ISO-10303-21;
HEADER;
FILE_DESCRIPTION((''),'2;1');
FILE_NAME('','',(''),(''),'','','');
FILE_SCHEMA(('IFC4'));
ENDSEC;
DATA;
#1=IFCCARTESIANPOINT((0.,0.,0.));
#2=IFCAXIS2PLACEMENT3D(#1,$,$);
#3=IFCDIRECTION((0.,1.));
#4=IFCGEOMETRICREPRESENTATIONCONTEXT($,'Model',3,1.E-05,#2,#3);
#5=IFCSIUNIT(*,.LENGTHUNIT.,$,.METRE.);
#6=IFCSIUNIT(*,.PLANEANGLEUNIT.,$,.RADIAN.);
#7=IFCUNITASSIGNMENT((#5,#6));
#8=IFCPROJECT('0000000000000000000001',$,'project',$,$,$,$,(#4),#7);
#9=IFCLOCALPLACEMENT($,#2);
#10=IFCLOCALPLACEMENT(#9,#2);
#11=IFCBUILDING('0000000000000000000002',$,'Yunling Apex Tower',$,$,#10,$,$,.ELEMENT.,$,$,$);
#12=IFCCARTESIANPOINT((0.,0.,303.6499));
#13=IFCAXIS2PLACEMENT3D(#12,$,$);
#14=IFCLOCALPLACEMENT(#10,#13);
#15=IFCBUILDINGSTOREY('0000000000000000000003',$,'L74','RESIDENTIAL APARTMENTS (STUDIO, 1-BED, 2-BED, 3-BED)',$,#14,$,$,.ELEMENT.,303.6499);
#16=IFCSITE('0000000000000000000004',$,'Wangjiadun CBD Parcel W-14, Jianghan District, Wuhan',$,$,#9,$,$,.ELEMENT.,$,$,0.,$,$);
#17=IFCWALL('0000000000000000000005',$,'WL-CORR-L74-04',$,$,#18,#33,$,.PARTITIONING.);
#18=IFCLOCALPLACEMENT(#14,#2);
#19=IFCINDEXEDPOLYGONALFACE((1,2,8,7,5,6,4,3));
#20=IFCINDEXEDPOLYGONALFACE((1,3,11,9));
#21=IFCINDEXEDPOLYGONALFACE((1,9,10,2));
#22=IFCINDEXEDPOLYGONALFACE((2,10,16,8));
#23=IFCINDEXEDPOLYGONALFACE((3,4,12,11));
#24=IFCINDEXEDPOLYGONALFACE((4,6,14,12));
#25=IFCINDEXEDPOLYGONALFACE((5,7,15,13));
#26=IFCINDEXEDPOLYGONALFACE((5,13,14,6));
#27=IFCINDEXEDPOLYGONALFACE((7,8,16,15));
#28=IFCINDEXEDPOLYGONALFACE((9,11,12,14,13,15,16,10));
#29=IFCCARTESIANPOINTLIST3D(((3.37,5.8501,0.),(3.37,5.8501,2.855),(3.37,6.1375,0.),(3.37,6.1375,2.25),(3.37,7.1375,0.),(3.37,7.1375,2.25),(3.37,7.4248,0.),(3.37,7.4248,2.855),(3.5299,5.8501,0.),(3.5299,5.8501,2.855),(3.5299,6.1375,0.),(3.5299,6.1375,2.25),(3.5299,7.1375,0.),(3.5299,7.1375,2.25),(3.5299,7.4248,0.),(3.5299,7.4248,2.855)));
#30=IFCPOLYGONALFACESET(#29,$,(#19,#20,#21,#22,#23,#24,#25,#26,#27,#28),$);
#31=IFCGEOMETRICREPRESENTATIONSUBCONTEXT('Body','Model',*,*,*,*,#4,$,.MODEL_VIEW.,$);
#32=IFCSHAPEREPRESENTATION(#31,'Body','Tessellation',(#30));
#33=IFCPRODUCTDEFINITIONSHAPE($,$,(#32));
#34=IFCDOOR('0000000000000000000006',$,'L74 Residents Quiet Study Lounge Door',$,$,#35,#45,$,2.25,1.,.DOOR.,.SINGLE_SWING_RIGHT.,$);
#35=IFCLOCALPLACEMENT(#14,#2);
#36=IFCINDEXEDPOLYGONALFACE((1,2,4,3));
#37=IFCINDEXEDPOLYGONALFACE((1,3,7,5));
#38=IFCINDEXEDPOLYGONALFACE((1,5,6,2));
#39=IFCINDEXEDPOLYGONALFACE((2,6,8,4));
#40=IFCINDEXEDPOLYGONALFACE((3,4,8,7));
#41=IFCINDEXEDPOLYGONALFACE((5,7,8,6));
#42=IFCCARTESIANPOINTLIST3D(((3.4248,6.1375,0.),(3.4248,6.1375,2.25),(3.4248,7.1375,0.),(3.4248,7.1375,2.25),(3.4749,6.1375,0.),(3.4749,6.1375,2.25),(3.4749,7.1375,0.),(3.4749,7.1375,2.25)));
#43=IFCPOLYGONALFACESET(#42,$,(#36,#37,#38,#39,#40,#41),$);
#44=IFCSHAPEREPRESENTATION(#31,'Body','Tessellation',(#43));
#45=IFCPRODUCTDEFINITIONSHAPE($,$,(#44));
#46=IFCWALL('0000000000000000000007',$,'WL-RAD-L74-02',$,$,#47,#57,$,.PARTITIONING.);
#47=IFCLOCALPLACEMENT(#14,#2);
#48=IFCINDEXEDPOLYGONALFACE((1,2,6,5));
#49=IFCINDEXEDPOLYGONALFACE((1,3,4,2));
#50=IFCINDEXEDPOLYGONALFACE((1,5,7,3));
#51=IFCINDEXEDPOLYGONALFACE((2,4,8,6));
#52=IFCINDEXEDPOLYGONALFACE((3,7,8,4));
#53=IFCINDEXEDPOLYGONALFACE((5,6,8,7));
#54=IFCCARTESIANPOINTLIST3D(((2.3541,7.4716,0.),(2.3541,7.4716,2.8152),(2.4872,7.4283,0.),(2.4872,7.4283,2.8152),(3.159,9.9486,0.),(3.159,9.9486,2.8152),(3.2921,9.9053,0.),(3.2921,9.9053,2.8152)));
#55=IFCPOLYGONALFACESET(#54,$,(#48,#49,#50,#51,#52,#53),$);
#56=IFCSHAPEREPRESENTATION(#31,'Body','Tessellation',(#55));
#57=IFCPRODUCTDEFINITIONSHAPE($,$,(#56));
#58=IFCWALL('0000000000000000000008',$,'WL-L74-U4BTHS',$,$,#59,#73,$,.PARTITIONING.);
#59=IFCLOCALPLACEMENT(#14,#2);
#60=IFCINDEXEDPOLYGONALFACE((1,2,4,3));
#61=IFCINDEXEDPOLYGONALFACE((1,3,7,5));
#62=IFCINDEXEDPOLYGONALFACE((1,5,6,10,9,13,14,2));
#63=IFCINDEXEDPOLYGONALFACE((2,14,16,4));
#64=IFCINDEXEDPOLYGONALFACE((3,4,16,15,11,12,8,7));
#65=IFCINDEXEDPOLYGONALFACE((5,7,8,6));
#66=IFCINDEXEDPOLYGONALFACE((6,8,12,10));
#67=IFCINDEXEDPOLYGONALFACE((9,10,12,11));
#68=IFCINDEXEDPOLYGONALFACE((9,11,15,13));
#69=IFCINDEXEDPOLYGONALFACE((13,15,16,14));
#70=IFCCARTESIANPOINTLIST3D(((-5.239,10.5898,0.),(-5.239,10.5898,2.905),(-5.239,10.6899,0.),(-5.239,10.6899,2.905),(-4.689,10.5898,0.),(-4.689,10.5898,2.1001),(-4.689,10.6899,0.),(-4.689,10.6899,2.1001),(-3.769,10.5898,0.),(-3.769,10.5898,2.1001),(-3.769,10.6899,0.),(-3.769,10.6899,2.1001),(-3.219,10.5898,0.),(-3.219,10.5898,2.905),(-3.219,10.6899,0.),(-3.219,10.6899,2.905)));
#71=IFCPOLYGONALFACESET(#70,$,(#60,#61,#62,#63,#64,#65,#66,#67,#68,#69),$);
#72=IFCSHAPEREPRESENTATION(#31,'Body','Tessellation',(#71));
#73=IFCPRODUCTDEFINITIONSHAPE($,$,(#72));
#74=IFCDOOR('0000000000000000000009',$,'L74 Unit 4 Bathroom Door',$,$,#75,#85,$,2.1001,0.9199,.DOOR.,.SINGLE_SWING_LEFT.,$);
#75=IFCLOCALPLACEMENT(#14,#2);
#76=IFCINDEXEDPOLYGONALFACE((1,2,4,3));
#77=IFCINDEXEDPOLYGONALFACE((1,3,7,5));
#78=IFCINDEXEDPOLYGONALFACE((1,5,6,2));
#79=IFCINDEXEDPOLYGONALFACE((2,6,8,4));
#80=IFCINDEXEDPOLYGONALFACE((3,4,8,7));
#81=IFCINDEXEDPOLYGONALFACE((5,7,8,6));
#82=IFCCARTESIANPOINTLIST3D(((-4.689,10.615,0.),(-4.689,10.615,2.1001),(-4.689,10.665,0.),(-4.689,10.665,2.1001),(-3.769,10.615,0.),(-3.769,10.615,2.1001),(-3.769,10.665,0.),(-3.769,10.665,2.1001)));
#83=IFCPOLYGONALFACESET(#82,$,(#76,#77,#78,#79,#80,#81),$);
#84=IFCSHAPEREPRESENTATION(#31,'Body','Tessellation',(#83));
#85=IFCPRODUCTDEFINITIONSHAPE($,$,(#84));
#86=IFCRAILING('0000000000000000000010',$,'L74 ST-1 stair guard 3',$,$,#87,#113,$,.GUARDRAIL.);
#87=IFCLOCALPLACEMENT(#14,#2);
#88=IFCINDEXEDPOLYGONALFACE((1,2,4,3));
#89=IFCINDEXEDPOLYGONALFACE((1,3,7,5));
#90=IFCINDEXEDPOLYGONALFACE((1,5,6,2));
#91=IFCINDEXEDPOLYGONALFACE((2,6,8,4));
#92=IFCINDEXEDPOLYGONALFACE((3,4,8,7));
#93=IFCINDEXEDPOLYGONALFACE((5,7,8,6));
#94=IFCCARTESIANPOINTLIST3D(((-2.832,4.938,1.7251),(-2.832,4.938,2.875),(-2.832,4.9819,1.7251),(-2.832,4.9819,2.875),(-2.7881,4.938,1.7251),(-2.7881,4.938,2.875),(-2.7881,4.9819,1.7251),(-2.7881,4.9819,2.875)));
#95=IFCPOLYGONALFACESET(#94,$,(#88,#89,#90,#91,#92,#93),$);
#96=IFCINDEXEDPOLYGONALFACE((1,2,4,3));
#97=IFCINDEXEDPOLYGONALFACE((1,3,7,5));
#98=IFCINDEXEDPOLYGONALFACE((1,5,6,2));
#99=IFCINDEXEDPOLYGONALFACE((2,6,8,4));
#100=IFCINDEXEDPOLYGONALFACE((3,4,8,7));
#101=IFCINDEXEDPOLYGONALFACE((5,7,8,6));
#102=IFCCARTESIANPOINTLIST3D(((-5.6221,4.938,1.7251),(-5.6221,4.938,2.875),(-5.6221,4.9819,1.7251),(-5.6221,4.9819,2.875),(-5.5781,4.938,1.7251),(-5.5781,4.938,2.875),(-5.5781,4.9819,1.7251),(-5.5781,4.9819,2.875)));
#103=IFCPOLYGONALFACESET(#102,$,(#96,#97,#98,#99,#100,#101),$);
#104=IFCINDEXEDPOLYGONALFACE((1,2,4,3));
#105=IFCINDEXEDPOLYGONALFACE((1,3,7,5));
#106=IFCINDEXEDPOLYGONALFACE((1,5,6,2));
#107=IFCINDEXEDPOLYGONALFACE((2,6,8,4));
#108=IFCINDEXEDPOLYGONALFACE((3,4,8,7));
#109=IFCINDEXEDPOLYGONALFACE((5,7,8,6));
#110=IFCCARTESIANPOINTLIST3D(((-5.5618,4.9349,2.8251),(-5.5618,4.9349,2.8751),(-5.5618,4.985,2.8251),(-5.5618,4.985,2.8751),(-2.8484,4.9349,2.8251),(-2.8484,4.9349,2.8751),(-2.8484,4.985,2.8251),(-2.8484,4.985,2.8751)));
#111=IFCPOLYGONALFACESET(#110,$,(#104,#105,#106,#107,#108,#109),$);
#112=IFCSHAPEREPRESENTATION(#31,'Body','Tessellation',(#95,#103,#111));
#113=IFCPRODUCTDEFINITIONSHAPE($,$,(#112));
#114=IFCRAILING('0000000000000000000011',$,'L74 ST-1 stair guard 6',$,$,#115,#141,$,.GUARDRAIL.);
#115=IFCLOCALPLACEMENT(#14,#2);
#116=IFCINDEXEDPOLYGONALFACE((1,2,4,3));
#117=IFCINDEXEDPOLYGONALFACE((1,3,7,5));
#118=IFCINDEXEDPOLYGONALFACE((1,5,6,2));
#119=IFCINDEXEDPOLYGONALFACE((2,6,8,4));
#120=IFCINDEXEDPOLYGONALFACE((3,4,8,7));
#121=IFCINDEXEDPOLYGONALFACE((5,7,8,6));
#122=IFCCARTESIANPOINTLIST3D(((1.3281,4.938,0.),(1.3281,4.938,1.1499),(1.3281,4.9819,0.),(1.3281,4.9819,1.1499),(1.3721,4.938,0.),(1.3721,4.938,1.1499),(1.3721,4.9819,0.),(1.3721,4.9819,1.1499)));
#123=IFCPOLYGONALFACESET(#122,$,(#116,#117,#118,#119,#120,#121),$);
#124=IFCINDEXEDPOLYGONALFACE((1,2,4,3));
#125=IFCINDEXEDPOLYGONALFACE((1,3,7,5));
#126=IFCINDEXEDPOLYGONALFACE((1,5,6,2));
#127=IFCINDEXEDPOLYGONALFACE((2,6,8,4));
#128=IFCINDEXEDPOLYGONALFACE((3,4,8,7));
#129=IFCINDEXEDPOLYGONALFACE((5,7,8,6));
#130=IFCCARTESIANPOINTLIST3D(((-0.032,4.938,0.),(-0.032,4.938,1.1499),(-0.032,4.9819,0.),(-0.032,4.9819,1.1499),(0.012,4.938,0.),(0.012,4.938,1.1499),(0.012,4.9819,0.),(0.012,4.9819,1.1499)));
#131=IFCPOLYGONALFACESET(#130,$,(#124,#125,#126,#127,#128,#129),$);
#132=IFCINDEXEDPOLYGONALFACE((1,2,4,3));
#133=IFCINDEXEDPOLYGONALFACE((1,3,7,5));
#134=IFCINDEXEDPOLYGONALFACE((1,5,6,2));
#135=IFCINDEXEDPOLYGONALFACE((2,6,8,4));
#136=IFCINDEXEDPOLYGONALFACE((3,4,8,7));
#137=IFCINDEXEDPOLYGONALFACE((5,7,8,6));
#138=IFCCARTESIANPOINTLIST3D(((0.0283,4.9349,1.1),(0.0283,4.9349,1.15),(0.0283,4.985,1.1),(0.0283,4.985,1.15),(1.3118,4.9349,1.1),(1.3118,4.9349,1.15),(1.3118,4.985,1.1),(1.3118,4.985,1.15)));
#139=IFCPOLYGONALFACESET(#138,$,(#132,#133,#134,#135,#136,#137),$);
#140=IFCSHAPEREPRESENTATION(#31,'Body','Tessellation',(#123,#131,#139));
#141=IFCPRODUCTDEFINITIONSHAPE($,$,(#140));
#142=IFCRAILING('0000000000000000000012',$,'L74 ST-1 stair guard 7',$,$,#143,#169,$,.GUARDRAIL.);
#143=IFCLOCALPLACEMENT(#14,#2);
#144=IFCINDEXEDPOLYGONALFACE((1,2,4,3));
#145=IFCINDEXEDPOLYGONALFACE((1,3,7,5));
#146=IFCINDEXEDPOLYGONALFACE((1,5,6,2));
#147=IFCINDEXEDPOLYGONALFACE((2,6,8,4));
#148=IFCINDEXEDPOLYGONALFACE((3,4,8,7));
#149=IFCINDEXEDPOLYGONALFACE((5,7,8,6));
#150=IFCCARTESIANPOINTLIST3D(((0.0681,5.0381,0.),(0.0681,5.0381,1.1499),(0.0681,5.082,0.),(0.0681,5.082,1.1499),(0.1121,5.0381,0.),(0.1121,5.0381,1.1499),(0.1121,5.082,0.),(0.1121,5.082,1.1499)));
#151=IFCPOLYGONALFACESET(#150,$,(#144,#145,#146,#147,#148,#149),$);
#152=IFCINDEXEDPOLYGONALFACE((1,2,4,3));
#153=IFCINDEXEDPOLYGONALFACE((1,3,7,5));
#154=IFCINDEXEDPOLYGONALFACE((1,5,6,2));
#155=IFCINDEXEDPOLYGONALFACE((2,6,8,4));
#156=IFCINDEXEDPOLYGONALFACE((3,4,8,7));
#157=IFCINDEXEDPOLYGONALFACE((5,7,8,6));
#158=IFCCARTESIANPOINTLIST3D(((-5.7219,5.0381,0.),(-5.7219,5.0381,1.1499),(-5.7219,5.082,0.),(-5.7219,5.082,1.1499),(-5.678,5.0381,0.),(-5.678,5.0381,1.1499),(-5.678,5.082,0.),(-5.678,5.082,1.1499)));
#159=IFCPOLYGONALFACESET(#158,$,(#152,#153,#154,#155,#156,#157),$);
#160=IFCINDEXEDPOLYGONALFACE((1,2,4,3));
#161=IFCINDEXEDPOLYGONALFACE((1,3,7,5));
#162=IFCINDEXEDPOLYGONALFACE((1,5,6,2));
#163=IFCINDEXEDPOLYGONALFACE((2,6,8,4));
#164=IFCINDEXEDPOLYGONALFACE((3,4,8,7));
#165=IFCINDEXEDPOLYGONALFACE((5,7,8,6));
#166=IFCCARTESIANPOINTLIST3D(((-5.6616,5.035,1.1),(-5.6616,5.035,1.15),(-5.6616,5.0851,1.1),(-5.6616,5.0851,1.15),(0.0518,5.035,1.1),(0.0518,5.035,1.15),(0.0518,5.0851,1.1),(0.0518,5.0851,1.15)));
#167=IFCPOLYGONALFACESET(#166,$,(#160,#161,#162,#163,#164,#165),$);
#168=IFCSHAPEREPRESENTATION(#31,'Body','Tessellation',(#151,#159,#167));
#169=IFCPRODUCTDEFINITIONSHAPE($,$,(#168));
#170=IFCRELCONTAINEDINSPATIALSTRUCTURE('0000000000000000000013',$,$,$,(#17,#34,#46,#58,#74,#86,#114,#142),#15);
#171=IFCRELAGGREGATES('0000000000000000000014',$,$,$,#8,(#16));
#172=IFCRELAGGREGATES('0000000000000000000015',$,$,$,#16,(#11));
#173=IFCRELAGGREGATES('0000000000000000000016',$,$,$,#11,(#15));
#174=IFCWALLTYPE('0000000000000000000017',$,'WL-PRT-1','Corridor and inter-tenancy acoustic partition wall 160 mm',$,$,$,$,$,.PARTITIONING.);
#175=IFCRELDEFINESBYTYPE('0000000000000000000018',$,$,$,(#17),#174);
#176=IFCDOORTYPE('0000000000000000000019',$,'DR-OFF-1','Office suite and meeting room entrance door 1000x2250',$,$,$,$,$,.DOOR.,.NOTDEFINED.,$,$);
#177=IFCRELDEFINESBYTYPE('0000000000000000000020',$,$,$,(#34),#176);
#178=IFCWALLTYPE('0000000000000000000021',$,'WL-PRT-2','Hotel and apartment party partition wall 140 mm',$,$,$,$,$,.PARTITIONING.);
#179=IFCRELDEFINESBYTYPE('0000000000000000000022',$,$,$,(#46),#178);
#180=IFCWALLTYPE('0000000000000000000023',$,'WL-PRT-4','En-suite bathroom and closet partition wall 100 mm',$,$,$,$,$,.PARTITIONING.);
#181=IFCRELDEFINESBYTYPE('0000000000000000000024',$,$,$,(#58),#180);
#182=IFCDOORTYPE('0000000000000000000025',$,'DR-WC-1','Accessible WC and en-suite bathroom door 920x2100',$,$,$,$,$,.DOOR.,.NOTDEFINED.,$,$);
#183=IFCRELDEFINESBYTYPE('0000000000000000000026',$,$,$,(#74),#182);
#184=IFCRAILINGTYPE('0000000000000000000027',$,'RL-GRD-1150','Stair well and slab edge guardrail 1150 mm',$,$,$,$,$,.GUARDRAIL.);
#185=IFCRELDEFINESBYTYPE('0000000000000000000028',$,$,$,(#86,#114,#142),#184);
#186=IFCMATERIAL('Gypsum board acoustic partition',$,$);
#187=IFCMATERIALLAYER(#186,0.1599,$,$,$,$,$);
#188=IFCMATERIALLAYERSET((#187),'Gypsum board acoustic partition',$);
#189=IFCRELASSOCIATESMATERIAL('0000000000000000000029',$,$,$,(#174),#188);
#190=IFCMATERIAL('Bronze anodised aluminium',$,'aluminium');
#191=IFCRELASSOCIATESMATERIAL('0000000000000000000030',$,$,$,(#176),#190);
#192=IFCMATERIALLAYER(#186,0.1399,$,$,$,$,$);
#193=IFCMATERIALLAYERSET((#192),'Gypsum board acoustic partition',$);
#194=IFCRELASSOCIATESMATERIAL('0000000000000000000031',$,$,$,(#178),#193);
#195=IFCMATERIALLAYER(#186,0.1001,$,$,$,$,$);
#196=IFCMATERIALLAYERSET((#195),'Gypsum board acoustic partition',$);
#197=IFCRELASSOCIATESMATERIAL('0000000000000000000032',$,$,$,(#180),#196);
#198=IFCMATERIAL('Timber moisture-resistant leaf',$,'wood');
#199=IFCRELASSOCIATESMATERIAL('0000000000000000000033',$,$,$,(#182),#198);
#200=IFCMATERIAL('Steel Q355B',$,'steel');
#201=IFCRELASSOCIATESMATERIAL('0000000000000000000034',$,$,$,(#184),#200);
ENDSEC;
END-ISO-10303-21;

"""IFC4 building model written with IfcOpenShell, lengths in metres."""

from ifc_helpers import new_model, si_unit, direction, frame, frame_2d, origin, origin_2d, place, context, subcontext, project, spatial, rectangle, extrude, material, layer, layer_set, type_object, element, fill, save


model = new_model("IFC4")

# Units and contexts
model_context = context("Model", 3, precision=1e-05, world=origin(), true_north=direction((0.0, 1.0)))
body_context = subcontext(model_context, "Body", "Model", "MODEL_VIEW")
ifc_project = project(units=[si_unit("LENGTHUNIT", "METRE"), si_unit("PLANEANGLEUNIT", "RADIAN")], contexts=[model_context])

# Site, building, storey
site_placement = place(None, origin())
site = spatial("IfcSite", under=ifc_project, at=site_placement, Name="Wangjiadun CBD Parcel W-14, Jianghan District, Wuhan", CompositionType="ELEMENT", RefElevation=0.0)
building_placement = place(site_placement, origin())
building = spatial("IfcBuilding", under=site, at=building_placement, Name="Yunling Apex Tower", CompositionType="ELEMENT")
storey_placement = place(building_placement, frame((0.0, 0.0, 303.6499)))
storey = spatial("IfcBuildingStorey", under=building, at=storey_placement, Name="L74", Description="RESIDENTIAL APARTMENTS (STUDIO, 1-BED, 2-BED, 3-BED)", CompositionType="ELEMENT", Elevation=303.6499)

# Shared definitions
ifc_material_1 = material(Name="Steel Q355B", Category="steel")

# Shared definitions
ifc_material_2 = material(Name="Bronze anodised aluminium", Category="aluminium")

# Wall, opening, door
ifc_material_3 = material(Name="Gypsum board acoustic partition")
ifc_layer_1 = layer(ifc_material_3, 0.1599)
ifc_layer_set_1 = layer_set([ifc_layer_1], Name="Gypsum board acoustic partition")
wall_type_1 = type_object("IfcWallType", Name="WL-PRT-1", Description="Corridor and inter-tenancy acoustic partition wall 160 mm", PredefinedType="PARTITIONING", material=ifc_layer_set_1)
wall_1_placement = place(storey_placement, frame((3.45, 7.4248, 0.0), z_axis=(0.0, 0.0, 1.0), x_axis=(0.0, -1.0, 0.0)))
wall_1 = element("IfcWall", 1, at=wall_1_placement, inside=storey, type_object=wall_type_1, Name="WL-CORR-L74-04", PredefinedType="PARTITIONING", context=body_context, shape_type="SweptSolid", body=[
    extrude(rectangle(XDim=1.5747, YDim=0.1599, at=frame_2d((0.7874, 0.0))), origin(), (0.0, 0.0, 1.0), 2.855),
])
opening_1_placement = place(wall_1_placement, frame((0.2874, 0.0, 0.0)))
opening_1 = element("IfcOpeningElement", 2, at=opening_1_placement, cuts=wall_1, PredefinedType="OPENING", context=body_context, shape_type="SweptSolid", body=[
    extrude(rectangle(XDim=1.0, YDim=2.25, at=frame_2d((0.5, 1.125))), frame((0.0, 0.0898, 0.0), z_axis=(0.0, -1.0, 0.0), x_axis=(1.0, 0.0, 0.0)), (0.0, 0.0, 1.0), 0.1799),
])
door_type_1 = type_object("IfcDoorType", Name="DR-OFF-1", Description="Office suite and meeting room entrance door 1000x2250", OperationType="NOTDEFINED", PredefinedType="DOOR", material=ifc_material_2)
door_1_placement = place(opening_1_placement, origin())
door_1 = element("IfcDoor", 3, at=door_1_placement, inside=storey, type_object=door_type_1, Name="L74 Residents Quiet Study Lounge Door", OperationType="SINGLE_SWING_RIGHT", OverallHeight=2.25, OverallWidth=1.0, PredefinedType="DOOR", context=body_context, shape_type="SweptSolid", body=[
    extrude(rectangle(XDim=1.0, YDim=2.25, at=frame_2d((0.5, 1.125))), frame((0.0, 0.0249, 0.0), z_axis=(0.0, -1.0, 0.0), x_axis=(1.0, 0.0, 0.0)), (0.0, 0.0, 1.0), 0.05),
])
fill(opening_1, door_1)

# Wall
ifc_layer_2 = layer(ifc_material_3, 0.1399)
ifc_layer_set_2 = layer_set([ifc_layer_2], Name="Gypsum board acoustic partition")
wall_type_2 = type_object("IfcWallType", Name="WL-PRT-2", Description="Hotel and apartment party partition wall 140 mm", PredefinedType="PARTITIONING", material=ifc_layer_set_2)
wall_2_placement = place(storey_placement, frame((2.4207, 7.45, 0.0), z_axis=(0.0, 0.0, 1.0), x_axis=(0.309048, 0.951046, 0.0)))
element("IfcWall", 4, at=wall_2_placement, inside=storey, type_object=wall_type_2, Name="WL-RAD-L74-02", PredefinedType="PARTITIONING", context=body_context, shape_type="SweptSolid", body=[
    extrude(rectangle(XDim=2.6045, YDim=0.1399, at=frame_2d((1.3022, 0.0))), origin(), (0.0, 0.0, 1.0), 2.8152),
])

# Wall, opening, door
ifc_layer_3 = layer(ifc_material_3, 0.1001)
ifc_layer_set_3 = layer_set([ifc_layer_3], Name="Gypsum board acoustic partition")
wall_type_3 = type_object("IfcWallType", Name="WL-PRT-4", Description="En-suite bathroom and closet partition wall 100 mm", PredefinedType="PARTITIONING", material=ifc_layer_set_3)
wall_3_placement = place(storey_placement, frame((-3.219, 10.6399, 0.0), z_axis=(0.0, 0.0, 1.0), x_axis=(-1.0, 0.0, 0.0)))
wall_3 = element("IfcWall", 5, at=wall_3_placement, inside=storey, type_object=wall_type_3, Name="WL-L74-U4BTHS", PredefinedType="PARTITIONING", context=body_context, shape_type="SweptSolid", body=[
    extrude(rectangle(XDim=2.02, YDim=0.1001, at=frame_2d((1.01, 0.0))), origin(), (0.0, 0.0, 1.0), 2.905),
])
opening_2_placement = place(wall_3_placement, frame((0.55, 0.0, 0.0)))
opening_2 = element("IfcOpeningElement", 6, at=opening_2_placement, cuts=wall_3, PredefinedType="OPENING", context=body_context, shape_type="SweptSolid", body=[
    extrude(rectangle(XDim=0.9199, YDim=2.1001, at=frame_2d((0.46, 1.05))), frame((0.0, 0.0601, 0.0), z_axis=(0.0, -1.0, 0.0), x_axis=(1.0, 0.0, 0.0)), (0.0, 0.0, 1.0), 0.1201),
])
ifc_material_4 = material(Name="Timber moisture-resistant leaf", Category="wood")
door_type_2 = type_object("IfcDoorType", Name="DR-WC-1", Description="Accessible WC and en-suite bathroom door 920x2100", OperationType="NOTDEFINED", PredefinedType="DOOR", material=ifc_material_4)
door_2_placement = place(opening_2_placement, origin())
door_2 = element("IfcDoor", 7, at=door_2_placement, inside=storey, type_object=door_type_2, Name="L74 Unit 4 Bathroom Door", OperationType="SINGLE_SWING_LEFT", OverallHeight=2.1001, OverallWidth=0.9199, PredefinedType="DOOR", context=body_context, shape_type="SweptSolid", body=[
    extrude(rectangle(XDim=0.9199, YDim=2.1001, at=frame_2d((0.46, 1.05))), frame((0.0, 0.0249, 0.0), z_axis=(0.0, -1.0, 0.0), x_axis=(1.0, 0.0, 0.0)), (0.0, 0.0, 1.0), 0.05),
])
fill(opening_2, door_2)

# Railings
railing_type_1 = type_object("IfcRailingType", Name="RL-GRD-1150", Description="Stair well and slab edge guardrail 1150 mm", PredefinedType="GUARDRAIL", material=ifc_material_1)
railing_1_placement = place(storey_placement, frame((-2.8101, 4.96, 1.7251)))
element("IfcRailing", 8, at=railing_1_placement, inside=storey, type_object=railing_type_1, Name="L74 ST-1 stair guard 3", PredefinedType="GUARDRAIL", context=body_context, shape_type="SweptSolid", body=[
    extrude(rectangle(XDim=0.0439, YDim=0.0439, at=origin_2d()), origin(), (0.0, 0.0, 1.0), 1.1499),
    extrude(rectangle(XDim=0.0439, YDim=0.0439, at=origin_2d()), frame((-2.79, 0.0, 0.0)), (0.0, 0.0, 1.0), 1.1499),
    extrude(rectangle(XDim=0.05, YDim=0.05, at=origin_2d()), frame((-0.0383, 0.0, 1.125), z_axis=(-1.0, 0.0, 0.0), x_axis=(0.0, -1.0, 0.0)), (0.0, 0.0, 1.0), 2.7134),
])
railing_2_placement = place(storey_placement, frame((1.3501, 4.96, 0.0)))
element("IfcRailing", 9, at=railing_2_placement, inside=storey, type_object=railing_type_1, Name="L74 ST-1 stair guard 6", PredefinedType="GUARDRAIL", context=body_context, shape_type="SweptSolid", body=[
    extrude(rectangle(XDim=0.0439, YDim=0.0439, at=origin_2d()), origin(), (0.0, 0.0, 1.0), 1.1499),
    extrude(rectangle(XDim=0.0439, YDim=0.0439, at=origin_2d()), frame((-1.3601, 0.0, 0.0)), (0.0, 0.0, 1.0), 1.1499),
    extrude(rectangle(XDim=0.05, YDim=0.05, at=origin_2d()), frame((-0.0383, 0.0, 1.125), z_axis=(-1.0, 0.0, 0.0), x_axis=(0.0, -1.0, 0.0)), (0.0, 0.0, 1.0), 1.2834),
])
railing_3_placement = place(storey_placement, frame((0.0901, 5.0601, 0.0)))
element("IfcRailing", 10, at=railing_3_placement, inside=storey, type_object=railing_type_1, Name="L74 ST-1 stair guard 7", PredefinedType="GUARDRAIL", context=body_context, shape_type="SweptSolid", body=[
    extrude(rectangle(XDim=0.0439, YDim=0.0439, at=origin_2d()), origin(), (0.0, 0.0, 1.0), 1.1499),
    extrude(rectangle(XDim=0.0439, YDim=0.0439, at=origin_2d()), frame((-5.79, 0.0, 0.0)), (0.0, 0.0, 1.0), 1.1499),
    extrude(rectangle(XDim=0.05, YDim=0.05, at=origin_2d()), frame((-0.0383, 0.0, 1.125), z_axis=(-1.0, 0.0, 0.0), x_axis=(0.0, -1.0, 0.0)), (0.0, 0.0, 1.0), 5.7134),
])

save(model, "model.ifc")
